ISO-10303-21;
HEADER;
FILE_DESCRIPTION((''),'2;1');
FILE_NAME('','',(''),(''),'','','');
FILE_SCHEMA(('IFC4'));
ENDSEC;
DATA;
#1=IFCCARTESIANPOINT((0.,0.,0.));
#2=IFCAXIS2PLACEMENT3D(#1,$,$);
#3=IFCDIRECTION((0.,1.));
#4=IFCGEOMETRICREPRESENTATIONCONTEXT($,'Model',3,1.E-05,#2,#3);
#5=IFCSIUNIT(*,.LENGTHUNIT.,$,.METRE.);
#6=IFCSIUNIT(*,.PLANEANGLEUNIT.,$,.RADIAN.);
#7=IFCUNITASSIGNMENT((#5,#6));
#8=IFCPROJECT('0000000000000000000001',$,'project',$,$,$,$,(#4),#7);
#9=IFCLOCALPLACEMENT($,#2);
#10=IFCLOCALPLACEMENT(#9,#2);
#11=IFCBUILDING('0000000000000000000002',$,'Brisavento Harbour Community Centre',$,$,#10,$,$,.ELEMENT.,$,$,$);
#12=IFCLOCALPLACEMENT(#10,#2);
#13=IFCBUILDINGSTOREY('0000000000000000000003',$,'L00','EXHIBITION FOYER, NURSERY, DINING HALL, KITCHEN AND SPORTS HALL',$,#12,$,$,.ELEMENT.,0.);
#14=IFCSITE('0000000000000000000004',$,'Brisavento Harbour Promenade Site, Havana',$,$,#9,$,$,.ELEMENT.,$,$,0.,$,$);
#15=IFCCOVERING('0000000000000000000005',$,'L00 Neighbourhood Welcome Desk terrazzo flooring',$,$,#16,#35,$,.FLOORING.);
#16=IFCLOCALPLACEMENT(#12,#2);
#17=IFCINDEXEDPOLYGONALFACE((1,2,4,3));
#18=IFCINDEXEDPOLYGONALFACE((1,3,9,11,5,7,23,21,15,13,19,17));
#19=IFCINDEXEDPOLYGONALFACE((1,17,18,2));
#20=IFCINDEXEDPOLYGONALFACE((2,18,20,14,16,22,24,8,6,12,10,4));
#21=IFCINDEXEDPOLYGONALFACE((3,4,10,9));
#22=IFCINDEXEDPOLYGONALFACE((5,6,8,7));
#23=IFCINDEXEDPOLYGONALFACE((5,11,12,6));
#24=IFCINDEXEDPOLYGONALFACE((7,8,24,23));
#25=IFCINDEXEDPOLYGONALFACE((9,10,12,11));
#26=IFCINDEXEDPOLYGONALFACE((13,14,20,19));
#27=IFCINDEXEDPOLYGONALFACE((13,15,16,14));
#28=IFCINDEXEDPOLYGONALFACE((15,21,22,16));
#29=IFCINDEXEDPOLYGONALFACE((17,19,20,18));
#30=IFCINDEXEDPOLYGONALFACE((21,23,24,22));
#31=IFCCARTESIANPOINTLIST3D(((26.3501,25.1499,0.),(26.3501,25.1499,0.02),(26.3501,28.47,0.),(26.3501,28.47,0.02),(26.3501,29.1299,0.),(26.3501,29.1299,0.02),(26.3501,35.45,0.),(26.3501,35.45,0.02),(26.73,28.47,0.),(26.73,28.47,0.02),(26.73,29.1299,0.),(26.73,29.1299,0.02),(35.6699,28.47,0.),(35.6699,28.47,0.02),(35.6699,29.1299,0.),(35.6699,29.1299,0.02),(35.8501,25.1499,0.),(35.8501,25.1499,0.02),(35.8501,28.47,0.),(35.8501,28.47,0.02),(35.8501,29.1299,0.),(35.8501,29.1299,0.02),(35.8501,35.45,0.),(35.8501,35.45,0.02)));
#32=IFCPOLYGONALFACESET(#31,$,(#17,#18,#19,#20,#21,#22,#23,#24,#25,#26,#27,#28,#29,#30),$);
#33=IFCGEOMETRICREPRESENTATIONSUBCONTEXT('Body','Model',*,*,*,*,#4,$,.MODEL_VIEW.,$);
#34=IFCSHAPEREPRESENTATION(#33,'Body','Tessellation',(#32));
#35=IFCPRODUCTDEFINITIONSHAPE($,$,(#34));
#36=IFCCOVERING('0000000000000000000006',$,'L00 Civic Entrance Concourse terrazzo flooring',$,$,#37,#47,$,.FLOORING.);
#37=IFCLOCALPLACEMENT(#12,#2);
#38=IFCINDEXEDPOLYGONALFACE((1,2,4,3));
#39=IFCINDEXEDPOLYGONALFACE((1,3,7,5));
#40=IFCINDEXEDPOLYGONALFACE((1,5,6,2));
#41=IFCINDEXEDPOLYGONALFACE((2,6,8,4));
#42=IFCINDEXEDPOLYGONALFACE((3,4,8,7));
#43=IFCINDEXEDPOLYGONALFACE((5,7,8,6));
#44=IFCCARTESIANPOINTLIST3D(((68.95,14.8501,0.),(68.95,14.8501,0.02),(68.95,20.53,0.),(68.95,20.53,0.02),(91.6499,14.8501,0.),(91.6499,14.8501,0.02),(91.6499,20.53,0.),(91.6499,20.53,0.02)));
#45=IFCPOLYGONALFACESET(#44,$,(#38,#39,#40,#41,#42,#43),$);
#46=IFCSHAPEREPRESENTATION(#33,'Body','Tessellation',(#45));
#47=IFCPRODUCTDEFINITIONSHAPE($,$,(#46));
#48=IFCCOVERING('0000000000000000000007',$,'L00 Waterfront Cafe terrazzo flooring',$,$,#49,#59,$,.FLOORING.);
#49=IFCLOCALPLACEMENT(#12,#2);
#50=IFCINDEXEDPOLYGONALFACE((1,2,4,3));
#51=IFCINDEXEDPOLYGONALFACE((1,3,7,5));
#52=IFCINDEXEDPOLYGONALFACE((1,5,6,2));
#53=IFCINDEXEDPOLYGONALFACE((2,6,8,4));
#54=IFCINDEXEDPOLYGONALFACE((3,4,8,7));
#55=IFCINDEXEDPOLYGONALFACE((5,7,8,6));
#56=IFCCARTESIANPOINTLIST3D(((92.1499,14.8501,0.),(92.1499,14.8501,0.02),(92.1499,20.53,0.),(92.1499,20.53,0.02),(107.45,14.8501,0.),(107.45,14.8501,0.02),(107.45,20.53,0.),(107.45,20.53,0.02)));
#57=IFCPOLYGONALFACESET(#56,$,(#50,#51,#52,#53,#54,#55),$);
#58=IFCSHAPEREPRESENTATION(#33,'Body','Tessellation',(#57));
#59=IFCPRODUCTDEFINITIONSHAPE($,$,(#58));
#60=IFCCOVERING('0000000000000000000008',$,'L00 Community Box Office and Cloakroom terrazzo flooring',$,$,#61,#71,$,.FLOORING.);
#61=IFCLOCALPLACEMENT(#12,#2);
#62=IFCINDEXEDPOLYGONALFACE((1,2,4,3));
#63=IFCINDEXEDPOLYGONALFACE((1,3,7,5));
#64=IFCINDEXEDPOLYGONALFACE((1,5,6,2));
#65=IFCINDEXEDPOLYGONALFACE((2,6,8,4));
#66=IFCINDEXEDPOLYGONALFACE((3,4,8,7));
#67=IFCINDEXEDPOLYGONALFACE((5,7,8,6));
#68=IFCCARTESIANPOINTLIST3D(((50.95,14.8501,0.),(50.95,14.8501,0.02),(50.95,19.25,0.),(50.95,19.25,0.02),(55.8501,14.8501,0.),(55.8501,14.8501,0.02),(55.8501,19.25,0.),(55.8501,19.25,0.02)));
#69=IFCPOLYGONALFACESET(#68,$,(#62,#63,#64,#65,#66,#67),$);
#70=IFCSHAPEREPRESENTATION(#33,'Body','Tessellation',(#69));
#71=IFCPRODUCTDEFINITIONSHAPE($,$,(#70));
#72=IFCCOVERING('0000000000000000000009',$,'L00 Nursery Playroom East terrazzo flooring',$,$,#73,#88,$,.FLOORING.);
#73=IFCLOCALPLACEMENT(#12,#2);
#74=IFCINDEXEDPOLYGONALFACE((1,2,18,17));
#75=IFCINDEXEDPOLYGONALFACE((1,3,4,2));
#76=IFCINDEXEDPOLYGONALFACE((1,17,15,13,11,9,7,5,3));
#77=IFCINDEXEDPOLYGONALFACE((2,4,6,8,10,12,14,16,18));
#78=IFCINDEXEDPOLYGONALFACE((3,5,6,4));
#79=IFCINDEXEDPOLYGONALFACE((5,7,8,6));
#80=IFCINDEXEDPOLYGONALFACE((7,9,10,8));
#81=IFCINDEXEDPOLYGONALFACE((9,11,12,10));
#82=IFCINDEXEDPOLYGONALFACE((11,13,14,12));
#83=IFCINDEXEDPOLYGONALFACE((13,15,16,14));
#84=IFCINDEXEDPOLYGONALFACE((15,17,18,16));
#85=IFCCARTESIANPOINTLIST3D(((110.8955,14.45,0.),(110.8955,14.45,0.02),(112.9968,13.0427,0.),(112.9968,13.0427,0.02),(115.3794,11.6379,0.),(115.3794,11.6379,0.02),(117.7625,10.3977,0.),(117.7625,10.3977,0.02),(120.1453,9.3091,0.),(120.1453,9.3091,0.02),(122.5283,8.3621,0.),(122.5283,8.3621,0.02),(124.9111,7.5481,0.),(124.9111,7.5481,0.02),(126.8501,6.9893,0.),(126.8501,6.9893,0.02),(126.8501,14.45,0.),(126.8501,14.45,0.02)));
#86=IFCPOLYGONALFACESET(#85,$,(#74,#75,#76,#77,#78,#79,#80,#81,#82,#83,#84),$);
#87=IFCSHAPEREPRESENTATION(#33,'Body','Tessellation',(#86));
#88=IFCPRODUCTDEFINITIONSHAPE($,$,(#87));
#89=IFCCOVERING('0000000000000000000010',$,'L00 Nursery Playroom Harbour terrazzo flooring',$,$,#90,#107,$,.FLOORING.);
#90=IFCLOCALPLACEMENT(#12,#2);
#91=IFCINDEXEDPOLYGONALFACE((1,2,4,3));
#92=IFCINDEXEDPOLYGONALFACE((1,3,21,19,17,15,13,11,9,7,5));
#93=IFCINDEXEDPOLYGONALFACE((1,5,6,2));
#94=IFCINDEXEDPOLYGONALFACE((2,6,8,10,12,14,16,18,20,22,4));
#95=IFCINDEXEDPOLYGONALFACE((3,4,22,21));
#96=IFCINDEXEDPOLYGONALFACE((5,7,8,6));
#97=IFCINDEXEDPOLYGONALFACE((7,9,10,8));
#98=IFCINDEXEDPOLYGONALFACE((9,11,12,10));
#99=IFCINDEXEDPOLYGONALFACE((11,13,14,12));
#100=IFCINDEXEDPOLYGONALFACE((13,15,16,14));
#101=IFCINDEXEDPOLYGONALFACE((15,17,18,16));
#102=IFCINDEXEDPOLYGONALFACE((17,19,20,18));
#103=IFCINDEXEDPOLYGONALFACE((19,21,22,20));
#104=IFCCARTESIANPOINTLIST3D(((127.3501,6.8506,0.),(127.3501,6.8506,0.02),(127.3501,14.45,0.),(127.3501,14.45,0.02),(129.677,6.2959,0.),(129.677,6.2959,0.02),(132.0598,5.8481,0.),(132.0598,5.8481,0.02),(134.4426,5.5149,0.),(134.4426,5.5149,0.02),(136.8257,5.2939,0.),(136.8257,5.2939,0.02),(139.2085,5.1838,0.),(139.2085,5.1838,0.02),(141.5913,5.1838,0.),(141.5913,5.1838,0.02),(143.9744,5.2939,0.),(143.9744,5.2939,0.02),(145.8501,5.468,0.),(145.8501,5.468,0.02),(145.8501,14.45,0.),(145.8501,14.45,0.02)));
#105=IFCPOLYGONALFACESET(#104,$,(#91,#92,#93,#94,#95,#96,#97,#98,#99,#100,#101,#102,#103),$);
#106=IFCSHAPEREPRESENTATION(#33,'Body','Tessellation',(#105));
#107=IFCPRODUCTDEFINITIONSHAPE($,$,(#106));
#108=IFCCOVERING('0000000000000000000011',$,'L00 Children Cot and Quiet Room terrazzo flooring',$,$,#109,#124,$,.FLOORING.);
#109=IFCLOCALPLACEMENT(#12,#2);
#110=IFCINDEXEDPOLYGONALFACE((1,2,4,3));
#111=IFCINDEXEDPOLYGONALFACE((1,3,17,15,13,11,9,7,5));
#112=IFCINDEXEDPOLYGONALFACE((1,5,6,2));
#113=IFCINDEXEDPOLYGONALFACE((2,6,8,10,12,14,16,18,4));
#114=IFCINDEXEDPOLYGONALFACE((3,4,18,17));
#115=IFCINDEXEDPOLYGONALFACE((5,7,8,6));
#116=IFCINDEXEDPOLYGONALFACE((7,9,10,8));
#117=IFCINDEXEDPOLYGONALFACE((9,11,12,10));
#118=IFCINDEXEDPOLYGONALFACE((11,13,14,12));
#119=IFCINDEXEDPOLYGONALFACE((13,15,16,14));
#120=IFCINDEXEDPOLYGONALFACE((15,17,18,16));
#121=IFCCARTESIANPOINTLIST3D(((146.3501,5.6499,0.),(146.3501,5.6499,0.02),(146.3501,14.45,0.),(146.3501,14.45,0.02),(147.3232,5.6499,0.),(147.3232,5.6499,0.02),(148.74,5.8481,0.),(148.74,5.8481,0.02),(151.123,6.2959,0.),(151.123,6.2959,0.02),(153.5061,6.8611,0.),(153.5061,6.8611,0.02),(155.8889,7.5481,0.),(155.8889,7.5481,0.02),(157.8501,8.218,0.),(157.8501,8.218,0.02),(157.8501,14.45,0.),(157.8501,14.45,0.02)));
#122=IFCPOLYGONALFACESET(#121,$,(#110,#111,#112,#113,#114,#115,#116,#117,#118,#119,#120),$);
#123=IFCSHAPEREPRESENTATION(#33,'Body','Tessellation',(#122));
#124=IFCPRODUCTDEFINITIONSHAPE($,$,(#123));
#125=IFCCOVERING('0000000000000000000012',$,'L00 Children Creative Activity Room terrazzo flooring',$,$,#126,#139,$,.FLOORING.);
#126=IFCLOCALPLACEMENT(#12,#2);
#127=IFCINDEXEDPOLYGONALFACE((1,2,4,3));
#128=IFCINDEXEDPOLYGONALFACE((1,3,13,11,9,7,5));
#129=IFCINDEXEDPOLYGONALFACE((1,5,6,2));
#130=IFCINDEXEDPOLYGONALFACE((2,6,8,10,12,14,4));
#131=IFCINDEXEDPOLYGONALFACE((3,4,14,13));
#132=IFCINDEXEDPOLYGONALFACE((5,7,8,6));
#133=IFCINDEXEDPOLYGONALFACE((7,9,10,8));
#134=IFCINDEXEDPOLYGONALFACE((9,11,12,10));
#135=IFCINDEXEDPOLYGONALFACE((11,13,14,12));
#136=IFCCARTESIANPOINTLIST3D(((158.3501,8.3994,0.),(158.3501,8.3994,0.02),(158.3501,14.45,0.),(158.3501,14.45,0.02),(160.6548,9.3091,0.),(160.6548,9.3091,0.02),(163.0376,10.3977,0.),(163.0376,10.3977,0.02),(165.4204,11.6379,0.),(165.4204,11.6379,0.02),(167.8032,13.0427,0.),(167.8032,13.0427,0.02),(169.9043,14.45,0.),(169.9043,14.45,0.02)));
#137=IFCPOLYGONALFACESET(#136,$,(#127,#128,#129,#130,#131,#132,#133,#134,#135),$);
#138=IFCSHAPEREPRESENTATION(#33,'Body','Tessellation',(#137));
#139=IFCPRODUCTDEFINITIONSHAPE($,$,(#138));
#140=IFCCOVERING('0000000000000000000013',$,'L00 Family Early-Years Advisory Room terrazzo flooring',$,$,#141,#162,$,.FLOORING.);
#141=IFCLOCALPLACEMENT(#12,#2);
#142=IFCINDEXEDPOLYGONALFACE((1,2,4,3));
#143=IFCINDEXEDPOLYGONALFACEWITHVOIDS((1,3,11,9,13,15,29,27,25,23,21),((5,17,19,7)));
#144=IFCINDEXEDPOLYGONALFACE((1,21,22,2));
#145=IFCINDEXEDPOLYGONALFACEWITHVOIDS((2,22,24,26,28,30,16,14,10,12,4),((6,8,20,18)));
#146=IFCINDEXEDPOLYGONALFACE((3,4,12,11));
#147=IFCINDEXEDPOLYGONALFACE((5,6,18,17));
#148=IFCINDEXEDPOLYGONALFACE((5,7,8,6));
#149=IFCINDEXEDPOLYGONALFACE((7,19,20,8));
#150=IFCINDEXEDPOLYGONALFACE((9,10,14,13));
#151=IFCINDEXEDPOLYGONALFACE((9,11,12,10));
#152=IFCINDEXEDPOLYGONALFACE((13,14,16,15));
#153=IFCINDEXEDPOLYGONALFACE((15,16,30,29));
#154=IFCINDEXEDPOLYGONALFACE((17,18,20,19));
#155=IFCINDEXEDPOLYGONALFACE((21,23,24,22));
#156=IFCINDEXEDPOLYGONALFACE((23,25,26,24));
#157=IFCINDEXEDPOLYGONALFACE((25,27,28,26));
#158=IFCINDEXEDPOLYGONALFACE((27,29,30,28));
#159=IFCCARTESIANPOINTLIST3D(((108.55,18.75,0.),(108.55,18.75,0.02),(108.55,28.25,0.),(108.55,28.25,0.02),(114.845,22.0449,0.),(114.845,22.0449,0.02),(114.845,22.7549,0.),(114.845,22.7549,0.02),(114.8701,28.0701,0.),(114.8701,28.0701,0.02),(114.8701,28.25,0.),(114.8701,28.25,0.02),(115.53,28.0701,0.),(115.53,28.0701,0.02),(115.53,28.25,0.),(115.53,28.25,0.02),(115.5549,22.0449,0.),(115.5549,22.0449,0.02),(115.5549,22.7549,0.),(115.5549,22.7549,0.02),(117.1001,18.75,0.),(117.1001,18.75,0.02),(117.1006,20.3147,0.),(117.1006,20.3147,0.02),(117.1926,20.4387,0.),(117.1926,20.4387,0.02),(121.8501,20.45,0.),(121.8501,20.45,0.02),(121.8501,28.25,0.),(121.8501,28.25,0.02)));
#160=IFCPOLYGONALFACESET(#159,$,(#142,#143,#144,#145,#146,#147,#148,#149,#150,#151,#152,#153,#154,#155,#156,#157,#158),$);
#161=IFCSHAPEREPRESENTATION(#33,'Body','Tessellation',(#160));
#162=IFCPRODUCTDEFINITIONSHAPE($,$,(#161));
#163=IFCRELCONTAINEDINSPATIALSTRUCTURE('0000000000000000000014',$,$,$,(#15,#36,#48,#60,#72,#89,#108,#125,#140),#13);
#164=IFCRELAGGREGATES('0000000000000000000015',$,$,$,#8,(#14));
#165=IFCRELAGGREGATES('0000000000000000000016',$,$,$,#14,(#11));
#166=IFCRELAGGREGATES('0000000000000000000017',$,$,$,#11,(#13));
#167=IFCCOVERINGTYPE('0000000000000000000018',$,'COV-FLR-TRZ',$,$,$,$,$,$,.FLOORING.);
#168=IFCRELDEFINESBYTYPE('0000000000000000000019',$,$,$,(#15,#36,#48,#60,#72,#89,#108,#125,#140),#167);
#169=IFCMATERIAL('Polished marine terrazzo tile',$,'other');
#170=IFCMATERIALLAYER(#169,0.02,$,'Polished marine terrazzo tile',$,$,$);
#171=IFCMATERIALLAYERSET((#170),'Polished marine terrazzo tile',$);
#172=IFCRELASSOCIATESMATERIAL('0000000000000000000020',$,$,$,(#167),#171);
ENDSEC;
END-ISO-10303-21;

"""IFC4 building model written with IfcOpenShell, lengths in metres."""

from ifc_helpers import new_model, si_unit, direction, origin, place, context, subcontext, project, spatial, polyline, outline, extrude, material, layer, layer_set, type_object, element, save


model = new_model("IFC4")

# Units and contexts
model_context = context("Model", 3, precision=1e-05, world=origin(), true_north=direction((0.0, 1.0)))
body_context = subcontext(model_context, "Body", "Model", "MODEL_VIEW")
ifc_project = project(units=[si_unit("LENGTHUNIT", "METRE"), si_unit("PLANEANGLEUNIT", "RADIAN")], contexts=[model_context])

# Site, building, storey
site_placement = place(None, origin())
site = spatial("IfcSite", under=ifc_project, at=site_placement, Name="Brisavento Harbour Promenade Site, Havana", CompositionType="ELEMENT", RefElevation=0.0)
building_placement = place(site_placement, origin())
building = spatial("IfcBuilding", under=site, at=building_placement, Name="Brisavento Harbour Community Centre", CompositionType="ELEMENT")
storey_placement = place(building_placement, origin())
storey = spatial("IfcBuildingStorey", under=building, at=storey_placement, Name="L00", Description="EXHIBITION FOYER, NURSERY, DINING HALL, KITCHEN AND SPORTS HALL", CompositionType="ELEMENT", Elevation=0.0)

# Coverings
ifc_material_1 = material(Name="Polished marine terrazzo tile", Category="other")
ifc_layer_1 = layer(ifc_material_1, 0.02, Name="Polished marine terrazzo tile")
ifc_layer_set_1 = layer_set([ifc_layer_1], Name="Polished marine terrazzo tile")
covering_type_1 = type_object("IfcCoveringType", Name="COV-FLR-TRZ", PredefinedType="FLOORING", material=ifc_layer_set_1)
covering_1_placement = place(storey_placement, origin())
element("IfcCovering", 1, at=covering_1_placement, inside=storey, type_object=covering_type_1, Name="L00 Neighbourhood Welcome Desk terrazzo flooring", PredefinedType="FLOORING", context=body_context, shape_type="SweptSolid", body=[
    extrude(outline(polyline([(26.3501, 28.47), (26.3501, 25.1499), (35.8501, 25.1499), (35.8501, 28.47), (35.6699, 28.47), (35.6699, 29.1299), (35.8501, 29.1299), (35.8501, 35.45), (26.3501, 35.45), (26.3501, 29.1299), (26.73, 29.1299), (26.73, 28.47), (26.3501, 28.47)])), origin(), (0.0, 0.0, 1.0), 0.02),
])
covering_2_placement = place(storey_placement, origin())
element("IfcCovering", 2, at=covering_2_placement, inside=storey, type_object=covering_type_1, Name="L00 Civic Entrance Concourse terrazzo flooring", PredefinedType="FLOORING", context=body_context, shape_type="SweptSolid", body=[
    extrude(outline(polyline([(68.95, 14.8501), (91.6499, 14.8501), (91.6499, 20.53), (68.95, 20.53), (68.95, 14.8501)])), origin(), (0.0, 0.0, 1.0), 0.02),
])
covering_3_placement = place(storey_placement, origin())
element("IfcCovering", 3, at=covering_3_placement, inside=storey, type_object=covering_type_1, Name="L00 Waterfront Cafe terrazzo flooring", PredefinedType="FLOORING", context=body_context, shape_type="SweptSolid", body=[
    extrude(outline(polyline([(107.45, 14.8501), (107.45, 20.53), (92.1499, 20.53), (92.1499, 14.8501), (107.45, 14.8501)])), origin(), (0.0, 0.0, 1.0), 0.02),
])
covering_4_placement = place(storey_placement, origin())
element("IfcCovering", 4, at=covering_4_placement, inside=storey, type_object=covering_type_1, Name="L00 Community Box Office and Cloakroom terrazzo flooring", PredefinedType="FLOORING", context=body_context, shape_type="SweptSolid", body=[
    extrude(outline(polyline([(55.8501, 14.8501), (55.8501, 19.25), (50.95, 19.25), (50.95, 14.8501), (55.8501, 14.8501)])), origin(), (0.0, 0.0, 1.0), 0.02),
])
covering_5_placement = place(storey_placement, origin())
element("IfcCovering", 5, at=covering_5_placement, inside=storey, type_object=covering_type_1, Name="L00 Nursery Playroom East terrazzo flooring", PredefinedType="FLOORING", context=body_context, shape_type="SweptSolid", body=[
    extrude(outline(polyline([(110.8955, 14.45), (112.9968, 13.0427), (115.3794, 11.6379), (117.7625, 10.3977), (120.1453, 9.3091), (122.5283, 8.3621), (124.9111, 7.5481), (126.8501, 6.9893), (126.8501, 14.45), (110.8955, 14.45)])), origin(), (0.0, 0.0, 1.0), 0.02),
])
covering_6_placement = place(storey_placement, origin())
element("IfcCovering", 6, at=covering_6_placement, inside=storey, type_object=covering_type_1, Name="L00 Nursery Playroom Harbour terrazzo flooring", PredefinedType="FLOORING", context=body_context, shape_type="SweptSolid", body=[
    extrude(outline(polyline([(127.3501, 6.8506), (129.677, 6.2959), (132.0598, 5.8481), (134.4426, 5.5149), (136.8257, 5.2939), (139.2085, 5.1838), (141.5913, 5.1838), (143.9744, 5.2939), (145.8501, 5.468), (145.8501, 14.45), (127.3501, 14.45), (127.3501, 6.8506)])), origin(), (0.0, 0.0, 1.0), 0.02),
])
covering_7_placement = place(storey_placement, origin())
element("IfcCovering", 7, at=covering_7_placement, inside=storey, type_object=covering_type_1, Name="L00 Children Cot and Quiet Room terrazzo flooring", PredefinedType="FLOORING", context=body_context, shape_type="SweptSolid", body=[
    extrude(outline(polyline([(147.3232, 5.6499), (148.74, 5.8481), (151.123, 6.2959), (153.5061, 6.8611), (155.8889, 7.5481), (157.8501, 8.218), (157.8501, 14.45), (146.3501, 14.45), (146.3501, 5.6499), (147.3232, 5.6499)])), origin(), (0.0, 0.0, 1.0), 0.02),
])
covering_8_placement = place(storey_placement, origin())
element("IfcCovering", 8, at=covering_8_placement, inside=storey, type_object=covering_type_1, Name="L00 Children Creative Activity Room terrazzo flooring", PredefinedType="FLOORING", context=body_context, shape_type="SweptSolid", body=[
    extrude(outline(polyline([(158.3501, 8.3994), (160.6548, 9.3091), (163.0376, 10.3977), (165.4204, 11.6379), (167.8032, 13.0427), (169.9043, 14.45), (158.3501, 14.45), (158.3501, 8.3994)])), origin(), (0.0, 0.0, 1.0), 0.02),
])
covering_9_placement = place(storey_placement, origin())
element("IfcCovering", 9, at=covering_9_placement, inside=storey, type_object=covering_type_1, Name="L00 Family Early-Years Advisory Room terrazzo flooring", PredefinedType="FLOORING", context=body_context, shape_type="SweptSolid", body=[
    extrude(outline(polyline([(114.8701, 28.25), (108.55, 28.25), (108.55, 18.75), (117.1001, 18.75), (117.1006, 20.3147), (117.1926, 20.4387), (121.8501, 20.45), (121.8501, 28.25), (115.53, 28.25), (115.53, 28.0701), (114.8701, 28.0701), (114.8701, 28.25)]), holes=[polyline([(114.845, 22.7549), (115.5549, 22.7549), (115.5549, 22.0449), (114.845, 22.0449), (114.845, 22.7549)])]), origin(), (0.0, 0.0, 1.0), 0.02),
])

save(model, "model.ifc")
